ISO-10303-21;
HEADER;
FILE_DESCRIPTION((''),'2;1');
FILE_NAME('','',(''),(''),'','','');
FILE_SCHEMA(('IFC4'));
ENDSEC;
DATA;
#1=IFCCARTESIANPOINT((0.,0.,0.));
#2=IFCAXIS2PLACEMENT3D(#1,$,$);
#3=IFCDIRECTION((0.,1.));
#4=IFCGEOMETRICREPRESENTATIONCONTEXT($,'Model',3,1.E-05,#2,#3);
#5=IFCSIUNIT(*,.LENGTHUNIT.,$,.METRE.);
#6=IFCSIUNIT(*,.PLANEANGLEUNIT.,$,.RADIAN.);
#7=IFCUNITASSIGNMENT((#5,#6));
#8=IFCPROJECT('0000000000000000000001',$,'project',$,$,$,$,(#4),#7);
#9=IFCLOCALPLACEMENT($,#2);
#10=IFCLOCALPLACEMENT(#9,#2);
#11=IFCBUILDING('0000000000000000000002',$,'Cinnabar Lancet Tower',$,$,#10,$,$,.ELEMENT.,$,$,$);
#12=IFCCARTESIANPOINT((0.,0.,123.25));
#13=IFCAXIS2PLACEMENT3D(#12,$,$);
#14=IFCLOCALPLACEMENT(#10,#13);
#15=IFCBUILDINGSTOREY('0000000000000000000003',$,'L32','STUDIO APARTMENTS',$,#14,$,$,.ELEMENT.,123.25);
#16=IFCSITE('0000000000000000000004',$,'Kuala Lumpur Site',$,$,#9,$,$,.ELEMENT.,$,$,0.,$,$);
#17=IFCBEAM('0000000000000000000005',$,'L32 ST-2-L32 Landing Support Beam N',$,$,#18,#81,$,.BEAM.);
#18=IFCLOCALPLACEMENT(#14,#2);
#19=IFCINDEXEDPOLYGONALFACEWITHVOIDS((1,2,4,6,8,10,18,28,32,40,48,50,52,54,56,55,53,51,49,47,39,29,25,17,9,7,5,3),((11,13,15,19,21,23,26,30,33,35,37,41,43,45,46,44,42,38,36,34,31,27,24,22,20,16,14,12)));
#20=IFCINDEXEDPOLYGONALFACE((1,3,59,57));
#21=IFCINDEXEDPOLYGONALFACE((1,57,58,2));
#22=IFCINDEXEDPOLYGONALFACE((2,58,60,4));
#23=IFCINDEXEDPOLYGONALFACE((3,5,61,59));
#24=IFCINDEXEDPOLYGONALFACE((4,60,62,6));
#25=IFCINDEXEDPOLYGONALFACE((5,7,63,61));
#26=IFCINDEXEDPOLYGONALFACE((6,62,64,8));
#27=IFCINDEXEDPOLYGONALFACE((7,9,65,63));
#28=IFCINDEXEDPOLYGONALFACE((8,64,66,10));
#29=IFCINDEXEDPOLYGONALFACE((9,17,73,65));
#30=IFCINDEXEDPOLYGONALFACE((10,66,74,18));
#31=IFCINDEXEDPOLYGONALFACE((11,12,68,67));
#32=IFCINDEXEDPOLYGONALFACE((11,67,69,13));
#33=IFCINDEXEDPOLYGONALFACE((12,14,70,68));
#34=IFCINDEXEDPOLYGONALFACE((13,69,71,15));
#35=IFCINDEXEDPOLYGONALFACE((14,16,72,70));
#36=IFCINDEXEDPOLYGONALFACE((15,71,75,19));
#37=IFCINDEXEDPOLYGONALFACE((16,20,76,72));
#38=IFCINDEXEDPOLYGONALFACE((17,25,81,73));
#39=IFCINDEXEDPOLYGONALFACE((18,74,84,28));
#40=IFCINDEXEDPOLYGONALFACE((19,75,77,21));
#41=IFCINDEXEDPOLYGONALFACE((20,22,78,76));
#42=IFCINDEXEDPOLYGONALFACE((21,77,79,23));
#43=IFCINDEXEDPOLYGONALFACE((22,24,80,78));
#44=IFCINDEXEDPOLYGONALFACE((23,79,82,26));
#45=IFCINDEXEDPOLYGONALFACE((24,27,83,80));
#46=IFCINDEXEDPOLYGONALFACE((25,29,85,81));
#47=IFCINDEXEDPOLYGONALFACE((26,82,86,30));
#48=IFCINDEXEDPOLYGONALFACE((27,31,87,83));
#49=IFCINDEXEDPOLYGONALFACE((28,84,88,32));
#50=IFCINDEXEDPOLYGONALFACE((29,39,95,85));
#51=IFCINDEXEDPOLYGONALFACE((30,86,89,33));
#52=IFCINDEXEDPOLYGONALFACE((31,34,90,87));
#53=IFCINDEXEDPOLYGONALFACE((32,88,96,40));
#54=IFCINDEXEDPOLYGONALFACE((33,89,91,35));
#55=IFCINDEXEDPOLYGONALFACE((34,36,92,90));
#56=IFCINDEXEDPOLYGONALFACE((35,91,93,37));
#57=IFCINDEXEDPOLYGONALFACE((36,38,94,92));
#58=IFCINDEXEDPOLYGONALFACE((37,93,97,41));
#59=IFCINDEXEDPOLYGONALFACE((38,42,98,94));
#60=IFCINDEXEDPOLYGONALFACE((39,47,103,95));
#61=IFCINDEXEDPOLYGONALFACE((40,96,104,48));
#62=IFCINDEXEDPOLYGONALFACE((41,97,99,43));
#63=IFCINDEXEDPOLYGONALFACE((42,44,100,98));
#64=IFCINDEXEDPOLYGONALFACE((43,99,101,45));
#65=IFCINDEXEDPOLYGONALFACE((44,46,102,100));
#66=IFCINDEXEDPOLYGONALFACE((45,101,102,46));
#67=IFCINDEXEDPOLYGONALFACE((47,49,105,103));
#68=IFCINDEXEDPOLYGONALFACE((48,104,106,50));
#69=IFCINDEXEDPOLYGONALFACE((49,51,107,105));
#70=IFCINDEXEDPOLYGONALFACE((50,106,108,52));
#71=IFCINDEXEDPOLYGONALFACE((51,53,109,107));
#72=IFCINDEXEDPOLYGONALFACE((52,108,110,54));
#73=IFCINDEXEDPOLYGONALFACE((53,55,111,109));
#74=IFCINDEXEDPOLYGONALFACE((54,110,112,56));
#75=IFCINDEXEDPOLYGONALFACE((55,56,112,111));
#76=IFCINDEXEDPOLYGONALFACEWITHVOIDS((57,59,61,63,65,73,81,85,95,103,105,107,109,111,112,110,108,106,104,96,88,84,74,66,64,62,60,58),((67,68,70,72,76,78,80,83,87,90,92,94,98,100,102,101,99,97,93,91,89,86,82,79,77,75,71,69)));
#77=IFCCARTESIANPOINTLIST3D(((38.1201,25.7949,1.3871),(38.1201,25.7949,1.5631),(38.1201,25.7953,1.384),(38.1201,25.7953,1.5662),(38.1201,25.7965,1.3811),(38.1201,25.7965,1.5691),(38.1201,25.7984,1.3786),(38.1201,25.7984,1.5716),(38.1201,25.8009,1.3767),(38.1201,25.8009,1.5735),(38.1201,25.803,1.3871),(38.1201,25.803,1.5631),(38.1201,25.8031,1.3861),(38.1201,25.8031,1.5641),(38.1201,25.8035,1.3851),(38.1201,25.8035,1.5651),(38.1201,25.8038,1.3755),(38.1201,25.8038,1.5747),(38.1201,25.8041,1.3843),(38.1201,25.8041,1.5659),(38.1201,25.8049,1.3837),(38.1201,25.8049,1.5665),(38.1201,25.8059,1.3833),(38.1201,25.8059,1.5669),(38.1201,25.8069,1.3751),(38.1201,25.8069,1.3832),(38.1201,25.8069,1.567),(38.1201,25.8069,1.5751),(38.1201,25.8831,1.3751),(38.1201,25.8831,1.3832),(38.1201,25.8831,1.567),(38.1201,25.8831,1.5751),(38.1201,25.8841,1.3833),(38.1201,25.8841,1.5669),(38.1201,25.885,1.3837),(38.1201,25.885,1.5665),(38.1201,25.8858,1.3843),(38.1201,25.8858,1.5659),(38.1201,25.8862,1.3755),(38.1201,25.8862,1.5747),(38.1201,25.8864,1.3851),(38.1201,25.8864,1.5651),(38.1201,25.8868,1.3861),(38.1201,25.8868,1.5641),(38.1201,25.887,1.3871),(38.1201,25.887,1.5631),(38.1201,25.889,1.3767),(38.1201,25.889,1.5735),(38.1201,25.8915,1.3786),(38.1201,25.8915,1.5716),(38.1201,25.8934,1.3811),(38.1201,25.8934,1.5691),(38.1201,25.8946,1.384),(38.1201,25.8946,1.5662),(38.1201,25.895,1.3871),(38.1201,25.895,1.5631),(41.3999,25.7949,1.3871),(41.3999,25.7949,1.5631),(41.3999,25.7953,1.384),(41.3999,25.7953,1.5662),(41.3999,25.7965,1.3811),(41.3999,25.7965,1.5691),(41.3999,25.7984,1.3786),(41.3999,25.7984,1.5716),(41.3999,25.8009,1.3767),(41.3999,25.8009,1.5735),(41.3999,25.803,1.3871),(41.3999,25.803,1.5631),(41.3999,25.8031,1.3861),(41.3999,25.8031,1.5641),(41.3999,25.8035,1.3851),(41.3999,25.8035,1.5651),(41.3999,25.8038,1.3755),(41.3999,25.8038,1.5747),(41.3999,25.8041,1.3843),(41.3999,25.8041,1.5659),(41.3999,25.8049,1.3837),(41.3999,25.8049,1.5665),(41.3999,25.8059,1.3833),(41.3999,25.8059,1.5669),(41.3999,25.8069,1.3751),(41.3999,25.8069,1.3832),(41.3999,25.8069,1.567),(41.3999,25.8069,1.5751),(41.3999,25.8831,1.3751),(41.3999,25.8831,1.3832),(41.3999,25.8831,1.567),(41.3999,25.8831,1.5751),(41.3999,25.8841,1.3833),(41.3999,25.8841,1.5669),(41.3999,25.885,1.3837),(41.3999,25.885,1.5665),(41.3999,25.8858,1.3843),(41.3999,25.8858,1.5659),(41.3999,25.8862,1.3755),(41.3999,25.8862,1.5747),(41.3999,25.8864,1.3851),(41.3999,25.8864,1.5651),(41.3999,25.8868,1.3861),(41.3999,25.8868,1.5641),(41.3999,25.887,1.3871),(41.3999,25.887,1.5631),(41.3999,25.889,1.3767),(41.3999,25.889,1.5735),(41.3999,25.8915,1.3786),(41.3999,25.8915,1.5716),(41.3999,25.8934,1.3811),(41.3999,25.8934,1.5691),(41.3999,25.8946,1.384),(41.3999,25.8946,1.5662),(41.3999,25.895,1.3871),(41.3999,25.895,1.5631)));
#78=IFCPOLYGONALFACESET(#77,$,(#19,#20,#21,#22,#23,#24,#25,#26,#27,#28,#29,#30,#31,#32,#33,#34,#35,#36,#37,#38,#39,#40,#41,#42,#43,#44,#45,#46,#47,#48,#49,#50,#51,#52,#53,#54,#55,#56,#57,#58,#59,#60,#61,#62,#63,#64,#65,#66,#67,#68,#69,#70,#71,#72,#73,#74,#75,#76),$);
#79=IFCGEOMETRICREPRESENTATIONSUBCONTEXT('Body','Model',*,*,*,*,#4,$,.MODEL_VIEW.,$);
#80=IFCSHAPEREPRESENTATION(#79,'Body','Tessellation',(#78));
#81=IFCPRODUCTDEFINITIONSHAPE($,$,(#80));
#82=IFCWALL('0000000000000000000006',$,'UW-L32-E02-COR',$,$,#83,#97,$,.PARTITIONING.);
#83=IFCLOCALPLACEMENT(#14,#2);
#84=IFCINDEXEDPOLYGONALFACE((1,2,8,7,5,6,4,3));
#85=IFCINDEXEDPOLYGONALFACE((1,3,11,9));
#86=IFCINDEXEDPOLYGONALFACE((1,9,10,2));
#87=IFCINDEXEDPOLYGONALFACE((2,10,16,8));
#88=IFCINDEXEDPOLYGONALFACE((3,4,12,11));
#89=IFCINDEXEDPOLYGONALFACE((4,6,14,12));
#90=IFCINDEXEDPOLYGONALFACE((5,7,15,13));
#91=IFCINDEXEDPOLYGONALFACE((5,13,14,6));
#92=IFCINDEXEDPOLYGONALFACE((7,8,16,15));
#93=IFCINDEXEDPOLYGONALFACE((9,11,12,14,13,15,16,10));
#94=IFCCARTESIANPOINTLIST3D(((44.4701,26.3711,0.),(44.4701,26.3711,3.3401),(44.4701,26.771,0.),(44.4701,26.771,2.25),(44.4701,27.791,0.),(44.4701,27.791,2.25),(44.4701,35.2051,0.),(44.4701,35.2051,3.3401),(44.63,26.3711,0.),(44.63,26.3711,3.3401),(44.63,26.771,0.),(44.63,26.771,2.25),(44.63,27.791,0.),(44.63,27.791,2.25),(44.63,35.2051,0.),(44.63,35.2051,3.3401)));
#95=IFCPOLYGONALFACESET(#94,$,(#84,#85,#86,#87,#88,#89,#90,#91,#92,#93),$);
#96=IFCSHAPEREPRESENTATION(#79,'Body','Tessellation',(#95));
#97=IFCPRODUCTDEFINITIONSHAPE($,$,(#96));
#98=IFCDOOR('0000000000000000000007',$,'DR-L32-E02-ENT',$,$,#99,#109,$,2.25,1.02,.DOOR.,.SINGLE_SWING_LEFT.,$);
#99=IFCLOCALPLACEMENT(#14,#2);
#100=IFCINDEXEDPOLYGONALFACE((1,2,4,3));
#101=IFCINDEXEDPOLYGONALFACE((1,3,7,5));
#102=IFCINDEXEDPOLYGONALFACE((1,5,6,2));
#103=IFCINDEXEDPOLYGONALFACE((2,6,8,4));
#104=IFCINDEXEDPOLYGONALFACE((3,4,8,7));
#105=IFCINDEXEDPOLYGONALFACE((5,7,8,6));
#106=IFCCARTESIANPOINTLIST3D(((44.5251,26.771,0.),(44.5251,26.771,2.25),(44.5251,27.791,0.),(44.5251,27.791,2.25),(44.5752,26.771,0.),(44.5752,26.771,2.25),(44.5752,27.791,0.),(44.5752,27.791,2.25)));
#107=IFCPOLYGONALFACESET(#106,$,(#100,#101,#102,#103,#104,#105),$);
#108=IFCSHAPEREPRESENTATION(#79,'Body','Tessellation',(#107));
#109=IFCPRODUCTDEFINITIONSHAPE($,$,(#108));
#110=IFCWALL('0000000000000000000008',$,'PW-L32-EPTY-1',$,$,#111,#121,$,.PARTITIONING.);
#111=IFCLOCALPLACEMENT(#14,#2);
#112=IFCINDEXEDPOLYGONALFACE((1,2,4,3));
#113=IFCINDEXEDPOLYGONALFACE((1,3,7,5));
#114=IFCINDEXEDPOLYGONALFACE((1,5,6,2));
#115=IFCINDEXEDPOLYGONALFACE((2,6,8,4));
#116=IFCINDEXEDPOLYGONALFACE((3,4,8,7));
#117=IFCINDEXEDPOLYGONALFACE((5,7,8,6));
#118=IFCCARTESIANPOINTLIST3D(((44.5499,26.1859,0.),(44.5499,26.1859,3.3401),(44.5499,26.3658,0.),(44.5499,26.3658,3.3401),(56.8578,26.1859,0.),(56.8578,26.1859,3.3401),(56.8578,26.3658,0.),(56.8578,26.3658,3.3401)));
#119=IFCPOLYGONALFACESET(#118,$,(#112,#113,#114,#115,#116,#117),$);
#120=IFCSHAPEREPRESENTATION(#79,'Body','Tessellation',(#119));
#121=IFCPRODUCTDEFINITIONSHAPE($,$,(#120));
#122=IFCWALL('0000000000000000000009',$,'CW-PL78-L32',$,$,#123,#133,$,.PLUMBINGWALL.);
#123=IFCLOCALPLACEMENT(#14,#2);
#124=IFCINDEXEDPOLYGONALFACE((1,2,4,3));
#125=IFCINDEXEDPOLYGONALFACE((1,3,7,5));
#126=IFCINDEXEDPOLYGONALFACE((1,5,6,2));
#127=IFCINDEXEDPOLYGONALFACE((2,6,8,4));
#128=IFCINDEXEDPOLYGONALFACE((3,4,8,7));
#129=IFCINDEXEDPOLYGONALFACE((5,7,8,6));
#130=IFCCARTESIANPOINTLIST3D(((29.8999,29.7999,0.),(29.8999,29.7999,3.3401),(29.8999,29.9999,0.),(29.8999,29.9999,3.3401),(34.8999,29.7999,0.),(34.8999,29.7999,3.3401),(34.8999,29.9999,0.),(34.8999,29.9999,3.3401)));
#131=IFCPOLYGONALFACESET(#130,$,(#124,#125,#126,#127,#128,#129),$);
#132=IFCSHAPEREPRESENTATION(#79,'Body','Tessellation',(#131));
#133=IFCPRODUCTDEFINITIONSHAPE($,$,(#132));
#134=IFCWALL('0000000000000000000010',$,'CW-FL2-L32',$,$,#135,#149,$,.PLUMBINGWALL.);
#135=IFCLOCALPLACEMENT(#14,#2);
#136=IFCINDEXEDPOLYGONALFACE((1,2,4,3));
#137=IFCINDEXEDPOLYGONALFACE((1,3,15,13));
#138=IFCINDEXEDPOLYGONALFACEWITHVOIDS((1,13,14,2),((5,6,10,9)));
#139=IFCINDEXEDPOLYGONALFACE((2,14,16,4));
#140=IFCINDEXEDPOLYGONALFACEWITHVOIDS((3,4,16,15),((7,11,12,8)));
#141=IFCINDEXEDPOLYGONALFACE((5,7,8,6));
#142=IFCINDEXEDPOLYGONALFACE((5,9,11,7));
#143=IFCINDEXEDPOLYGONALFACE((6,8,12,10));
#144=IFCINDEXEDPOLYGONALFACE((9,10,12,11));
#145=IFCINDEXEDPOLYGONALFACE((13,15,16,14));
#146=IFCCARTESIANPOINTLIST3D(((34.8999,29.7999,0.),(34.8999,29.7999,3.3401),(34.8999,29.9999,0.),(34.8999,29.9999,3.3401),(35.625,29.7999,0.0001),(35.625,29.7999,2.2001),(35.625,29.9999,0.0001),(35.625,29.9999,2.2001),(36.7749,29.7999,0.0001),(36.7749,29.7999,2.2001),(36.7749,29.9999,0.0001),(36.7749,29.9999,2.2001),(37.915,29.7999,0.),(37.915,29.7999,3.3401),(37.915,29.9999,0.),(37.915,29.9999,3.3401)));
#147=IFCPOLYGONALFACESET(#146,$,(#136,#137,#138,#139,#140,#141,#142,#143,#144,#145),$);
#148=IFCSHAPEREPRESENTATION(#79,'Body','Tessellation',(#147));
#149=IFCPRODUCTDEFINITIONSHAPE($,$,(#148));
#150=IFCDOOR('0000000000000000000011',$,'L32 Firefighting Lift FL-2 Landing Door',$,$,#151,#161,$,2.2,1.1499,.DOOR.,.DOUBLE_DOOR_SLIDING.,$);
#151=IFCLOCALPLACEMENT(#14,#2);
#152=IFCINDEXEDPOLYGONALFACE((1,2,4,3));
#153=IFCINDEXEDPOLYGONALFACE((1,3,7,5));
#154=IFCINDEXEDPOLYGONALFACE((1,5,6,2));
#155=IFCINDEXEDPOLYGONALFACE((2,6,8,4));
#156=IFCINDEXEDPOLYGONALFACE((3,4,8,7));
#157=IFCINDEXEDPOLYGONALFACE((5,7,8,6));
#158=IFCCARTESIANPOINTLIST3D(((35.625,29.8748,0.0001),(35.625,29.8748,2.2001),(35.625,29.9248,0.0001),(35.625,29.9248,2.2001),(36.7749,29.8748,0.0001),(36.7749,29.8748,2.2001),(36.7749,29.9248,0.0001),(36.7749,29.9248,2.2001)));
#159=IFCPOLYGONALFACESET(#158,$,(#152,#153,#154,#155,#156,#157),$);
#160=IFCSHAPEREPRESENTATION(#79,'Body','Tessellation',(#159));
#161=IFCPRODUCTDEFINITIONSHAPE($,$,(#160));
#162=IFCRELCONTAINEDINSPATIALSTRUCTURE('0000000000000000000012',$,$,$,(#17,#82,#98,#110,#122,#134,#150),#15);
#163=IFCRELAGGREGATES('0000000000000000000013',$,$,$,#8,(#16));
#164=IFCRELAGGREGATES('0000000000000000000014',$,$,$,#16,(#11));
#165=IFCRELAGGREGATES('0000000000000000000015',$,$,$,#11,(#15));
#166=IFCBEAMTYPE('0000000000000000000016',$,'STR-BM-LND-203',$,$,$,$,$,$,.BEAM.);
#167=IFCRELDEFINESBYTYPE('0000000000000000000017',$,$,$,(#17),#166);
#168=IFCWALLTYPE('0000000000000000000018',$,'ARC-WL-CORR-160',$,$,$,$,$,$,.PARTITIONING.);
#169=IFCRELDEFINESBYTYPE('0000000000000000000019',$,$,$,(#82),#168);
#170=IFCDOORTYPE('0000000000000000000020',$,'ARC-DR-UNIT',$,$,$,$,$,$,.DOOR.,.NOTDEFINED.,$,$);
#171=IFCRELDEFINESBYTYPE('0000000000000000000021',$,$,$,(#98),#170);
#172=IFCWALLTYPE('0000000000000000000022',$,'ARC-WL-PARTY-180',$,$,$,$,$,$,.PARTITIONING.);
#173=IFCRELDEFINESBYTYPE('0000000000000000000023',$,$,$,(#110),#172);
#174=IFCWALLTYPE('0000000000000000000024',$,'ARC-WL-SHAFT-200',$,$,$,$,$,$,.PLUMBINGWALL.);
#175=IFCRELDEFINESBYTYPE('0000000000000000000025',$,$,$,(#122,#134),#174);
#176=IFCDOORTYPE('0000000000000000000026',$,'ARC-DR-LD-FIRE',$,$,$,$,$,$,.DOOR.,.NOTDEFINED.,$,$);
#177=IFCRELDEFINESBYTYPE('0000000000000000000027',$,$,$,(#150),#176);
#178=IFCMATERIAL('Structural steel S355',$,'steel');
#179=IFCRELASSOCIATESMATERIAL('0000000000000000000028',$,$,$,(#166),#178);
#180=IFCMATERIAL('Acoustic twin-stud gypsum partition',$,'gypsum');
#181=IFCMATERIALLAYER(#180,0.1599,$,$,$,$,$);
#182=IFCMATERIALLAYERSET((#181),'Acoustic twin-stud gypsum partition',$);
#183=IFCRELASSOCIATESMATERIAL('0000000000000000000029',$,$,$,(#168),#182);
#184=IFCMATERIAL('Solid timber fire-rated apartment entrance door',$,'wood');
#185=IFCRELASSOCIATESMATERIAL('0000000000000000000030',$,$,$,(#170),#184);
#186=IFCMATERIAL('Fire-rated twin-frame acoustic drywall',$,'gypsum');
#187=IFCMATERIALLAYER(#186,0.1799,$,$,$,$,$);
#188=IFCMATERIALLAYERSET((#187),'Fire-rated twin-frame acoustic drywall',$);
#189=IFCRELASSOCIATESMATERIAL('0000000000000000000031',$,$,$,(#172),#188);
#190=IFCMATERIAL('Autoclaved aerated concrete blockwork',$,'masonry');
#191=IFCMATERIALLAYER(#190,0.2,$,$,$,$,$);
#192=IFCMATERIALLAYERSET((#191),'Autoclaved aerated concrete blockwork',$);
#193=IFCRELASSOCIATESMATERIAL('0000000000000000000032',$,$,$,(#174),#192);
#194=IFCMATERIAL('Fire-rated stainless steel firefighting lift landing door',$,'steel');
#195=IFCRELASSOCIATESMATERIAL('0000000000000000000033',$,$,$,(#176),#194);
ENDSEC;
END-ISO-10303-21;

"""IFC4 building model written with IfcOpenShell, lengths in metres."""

from ifc_helpers import new_model, si_unit, direction, frame, frame_2d, origin, origin_2d, place, context, subcontext, project, spatial, rectangle, hollow_rectangle, extrude, material, layer, layer_set, material_profile, profile_set, type_object, element, fill, save


model = new_model("IFC4")

# Units and contexts
model_context = context("Model", 3, precision=1e-05, world=origin(), true_north=direction((0.0, 1.0)))
body_context = subcontext(model_context, "Body", "Model", "MODEL_VIEW")
ifc_project = project(units=[si_unit("LENGTHUNIT", "METRE"), si_unit("PLANEANGLEUNIT", "RADIAN")], contexts=[model_context])

# Site, building, storey
site_placement = place(None, origin())
site = spatial("IfcSite", under=ifc_project, at=site_placement, Name="Kuala Lumpur Site", CompositionType="ELEMENT", RefElevation=0.0)
building_placement = place(site_placement, origin())
building = spatial("IfcBuilding", under=site, at=building_placement, Name="Cinnabar Lancet Tower", CompositionType="ELEMENT")
storey_placement = place(building_placement, frame((0.0, 0.0, 123.25)))
storey = spatial("IfcBuildingStorey", under=building, at=storey_placement, Name="L32", Description="STUDIO APARTMENTS", CompositionType="ELEMENT", Elevation=123.25)

# Beam
ifc_material_1 = material(Name="Structural steel S355", Category="steel")
ifc_material_profile = material_profile(ifc_material_1, hollow_rectangle(XDim=0.1001, YDim=0.2, WallThickness=0.0081, InnerFilletRadius=0.0039, OuterFilletRadius=0.012, at=origin_2d()), Name="RHS 200x100x8")
ifc_profile_set = profile_set([ifc_material_profile], Name="Structural steel S355")
beam_type = type_object("IfcBeamType", Name="STR-BM-LND-203", PredefinedType="BEAM", material=ifc_profile_set)
beam_placement = place(storey_placement, frame((38.1201, 25.845, 1.4751), z_axis=(1.0, 0.0, 0.0), x_axis=(0.0, 1.0, 0.0)))
element("IfcBeam", 1, at=beam_placement, inside=storey, type_object=beam_type, Name="L32 ST-2-L32 Landing Support Beam N", PredefinedType="BEAM", context=body_context, shape_type="SweptSolid", body=[
    extrude(hollow_rectangle(XDim=0.1001, YDim=0.2, WallThickness=0.0081, InnerFilletRadius=0.0039, OuterFilletRadius=0.012, at=origin_2d()), origin(), (0.0, 0.0, 1.0), 3.2798),
])

# Wall, opening, door
ifc_material_2 = material(Name="Acoustic twin-stud gypsum partition", Category="gypsum")
ifc_layer_1 = layer(ifc_material_2, 0.1599)
ifc_layer_set_1 = layer_set([ifc_layer_1], Name="Acoustic twin-stud gypsum partition")
wall_type_1 = type_object("IfcWallType", Name="ARC-WL-CORR-160", PredefinedType="PARTITIONING", material=ifc_layer_set_1)
wall_1_placement = place(storey_placement, frame((44.55, 26.3711, 0.0), z_axis=(0.0, 0.0, 1.0), x_axis=(0.0, 1.0, 0.0)))
wall_1 = element("IfcWall", 2, at=wall_1_placement, inside=storey, type_object=wall_type_1, Name="UW-L32-E02-COR", PredefinedType="PARTITIONING", context=body_context, shape_type="SweptSolid", body=[
    extrude(rectangle(XDim=8.834, YDim=0.1599, at=frame_2d((4.417, 0.0))), origin(), (0.0, 0.0, 1.0), 3.3401),
])
opening_1_placement = place(wall_1_placement, frame((0.3999, 0.0, 0.0)))
opening_1 = element("IfcOpeningElement", 3, at=opening_1_placement, cuts=wall_1, PredefinedType="OPENING", context=body_context, shape_type="SweptSolid", body=[
    extrude(rectangle(XDim=1.02, YDim=2.25, at=frame_2d((0.51, 1.125))), frame((0.0, 0.0898, 0.0), z_axis=(0.0, -1.0, 0.0), x_axis=(1.0, 0.0, 0.0)), (0.0, 0.0, 1.0), 0.1799),
])
ifc_material_3 = material(Name="Solid timber fire-rated apartment entrance door", Category="wood")
door_type_1 = type_object("IfcDoorType", Name="ARC-DR-UNIT", OperationType="NOTDEFINED", PredefinedType="DOOR", material=ifc_material_3)
door_1_placement = place(opening_1_placement, origin())
door_1 = element("IfcDoor", 4, at=door_1_placement, inside=storey, type_object=door_type_1, Name="DR-L32-E02-ENT", OperationType="SINGLE_SWING_LEFT", OverallHeight=2.25, OverallWidth=1.02, PredefinedType="DOOR", context=body_context, shape_type="SweptSolid", body=[
    extrude(rectangle(XDim=1.02, YDim=2.25, at=frame_2d((0.51, 1.125))), frame((0.0, 0.0249, 0.0), z_axis=(0.0, -1.0, 0.0), x_axis=(1.0, 0.0, 0.0)), (0.0, 0.0, 1.0), 0.05),
])
fill(opening_1, door_1)

# Walls
ifc_material_4 = material(Name="Fire-rated twin-frame acoustic drywall", Category="gypsum")
ifc_layer_2 = layer(ifc_material_4, 0.1799)
ifc_layer_set_2 = layer_set([ifc_layer_2], Name="Fire-rated twin-frame acoustic drywall")
wall_type_2 = type_object("IfcWallType", Name="ARC-WL-PARTY-180", PredefinedType="PARTITIONING", material=ifc_layer_set_2)
wall_2_placement = place(storey_placement, frame((44.55, 26.2759, 0.0), z_axis=(0.0, 0.0, 1.0), x_axis=(1.0, 0.0, 0.0)))
element("IfcWall", 5, at=wall_2_placement, inside=storey, type_object=wall_type_2, Name="PW-L32-EPTY-1", PredefinedType="PARTITIONING", context=body_context, shape_type="SweptSolid", body=[
    extrude(rectangle(XDim=12.3079, YDim=0.1799, at=frame_2d((6.1538, 0.0))), origin(), (0.0, 0.0, 1.0), 3.3401),
])
ifc_material_5 = material(Name="Autoclaved aerated concrete blockwork", Category="masonry")
ifc_layer_3 = layer(ifc_material_5, 0.2)
ifc_layer_set_3 = layer_set([ifc_layer_3], Name="Autoclaved aerated concrete blockwork")
wall_type_3 = type_object("IfcWallType", Name="ARC-WL-SHAFT-200", PredefinedType="PLUMBINGWALL", material=ifc_layer_set_3)
wall_3_placement = place(storey_placement, frame((29.8999, 29.8999, 0.0), z_axis=(0.0, 0.0, 1.0), x_axis=(1.0, 0.0, 0.0)))
element("IfcWall", 6, at=wall_3_placement, inside=storey, type_object=wall_type_3, Name="CW-PL78-L32", PredefinedType="PLUMBINGWALL", context=body_context, shape_type="SweptSolid", body=[
    extrude(rectangle(XDim=5.0, YDim=0.2, at=frame_2d((2.5, 0.0))), origin(), (0.0, 0.0, 1.0), 3.3401),
])

# Wall, opening, door
wall_4_placement = place(storey_placement, frame((34.8999, 29.8999, 0.0), z_axis=(0.0, 0.0, 1.0), x_axis=(1.0, 0.0, 0.0)))
wall_4 = element("IfcWall", 7, at=wall_4_placement, inside=storey, type_object=wall_type_3, Name="CW-FL2-L32", PredefinedType="PLUMBINGWALL", context=body_context, shape_type="SweptSolid", body=[
    extrude(rectangle(XDim=3.0151, YDim=0.2, at=frame_2d((1.5076, 0.0))), origin(), (0.0, 0.0, 1.0), 3.3401),
])
opening_2_placement = place(wall_4_placement, frame((0.7251, 0.0, 0.0)))
opening_2 = element("IfcOpeningElement", 8, at=opening_2_placement, cuts=wall_4, PredefinedType="OPENING", context=body_context, shape_type="SweptSolid", body=[
    extrude(rectangle(XDim=1.1499, YDim=2.2, at=frame_2d((0.575, 1.1001))), frame((0.0, 0.1099, 0.0), z_axis=(0.0, -1.0, 0.0), x_axis=(1.0, 0.0, 0.0)), (0.0, 0.0, 1.0), 0.22),
])
ifc_material_6 = material(Name="Fire-rated stainless steel firefighting lift landing door", Category="steel")
door_type_2 = type_object("IfcDoorType", Name="ARC-DR-LD-FIRE", OperationType="NOTDEFINED", PredefinedType="DOOR", material=ifc_material_6)
door_2_placement = place(opening_2_placement, origin())
door_2 = element("IfcDoor", 9, at=door_2_placement, inside=storey, type_object=door_type_2, Name="L32 Firefighting Lift FL-2 Landing Door", OperationType="DOUBLE_DOOR_SLIDING", OverallHeight=2.2, OverallWidth=1.1499, PredefinedType="DOOR", context=body_context, shape_type="SweptSolid", body=[
    extrude(rectangle(XDim=1.1499, YDim=2.2, at=frame_2d((0.575, 1.1001))), frame((0.0, 0.0249, 0.0), z_axis=(0.0, -1.0, 0.0), x_axis=(1.0, 0.0, 0.0)), (0.0, 0.0, 1.0), 0.05),
])
fill(opening_2, door_2)

save(model, "model.ifc")
